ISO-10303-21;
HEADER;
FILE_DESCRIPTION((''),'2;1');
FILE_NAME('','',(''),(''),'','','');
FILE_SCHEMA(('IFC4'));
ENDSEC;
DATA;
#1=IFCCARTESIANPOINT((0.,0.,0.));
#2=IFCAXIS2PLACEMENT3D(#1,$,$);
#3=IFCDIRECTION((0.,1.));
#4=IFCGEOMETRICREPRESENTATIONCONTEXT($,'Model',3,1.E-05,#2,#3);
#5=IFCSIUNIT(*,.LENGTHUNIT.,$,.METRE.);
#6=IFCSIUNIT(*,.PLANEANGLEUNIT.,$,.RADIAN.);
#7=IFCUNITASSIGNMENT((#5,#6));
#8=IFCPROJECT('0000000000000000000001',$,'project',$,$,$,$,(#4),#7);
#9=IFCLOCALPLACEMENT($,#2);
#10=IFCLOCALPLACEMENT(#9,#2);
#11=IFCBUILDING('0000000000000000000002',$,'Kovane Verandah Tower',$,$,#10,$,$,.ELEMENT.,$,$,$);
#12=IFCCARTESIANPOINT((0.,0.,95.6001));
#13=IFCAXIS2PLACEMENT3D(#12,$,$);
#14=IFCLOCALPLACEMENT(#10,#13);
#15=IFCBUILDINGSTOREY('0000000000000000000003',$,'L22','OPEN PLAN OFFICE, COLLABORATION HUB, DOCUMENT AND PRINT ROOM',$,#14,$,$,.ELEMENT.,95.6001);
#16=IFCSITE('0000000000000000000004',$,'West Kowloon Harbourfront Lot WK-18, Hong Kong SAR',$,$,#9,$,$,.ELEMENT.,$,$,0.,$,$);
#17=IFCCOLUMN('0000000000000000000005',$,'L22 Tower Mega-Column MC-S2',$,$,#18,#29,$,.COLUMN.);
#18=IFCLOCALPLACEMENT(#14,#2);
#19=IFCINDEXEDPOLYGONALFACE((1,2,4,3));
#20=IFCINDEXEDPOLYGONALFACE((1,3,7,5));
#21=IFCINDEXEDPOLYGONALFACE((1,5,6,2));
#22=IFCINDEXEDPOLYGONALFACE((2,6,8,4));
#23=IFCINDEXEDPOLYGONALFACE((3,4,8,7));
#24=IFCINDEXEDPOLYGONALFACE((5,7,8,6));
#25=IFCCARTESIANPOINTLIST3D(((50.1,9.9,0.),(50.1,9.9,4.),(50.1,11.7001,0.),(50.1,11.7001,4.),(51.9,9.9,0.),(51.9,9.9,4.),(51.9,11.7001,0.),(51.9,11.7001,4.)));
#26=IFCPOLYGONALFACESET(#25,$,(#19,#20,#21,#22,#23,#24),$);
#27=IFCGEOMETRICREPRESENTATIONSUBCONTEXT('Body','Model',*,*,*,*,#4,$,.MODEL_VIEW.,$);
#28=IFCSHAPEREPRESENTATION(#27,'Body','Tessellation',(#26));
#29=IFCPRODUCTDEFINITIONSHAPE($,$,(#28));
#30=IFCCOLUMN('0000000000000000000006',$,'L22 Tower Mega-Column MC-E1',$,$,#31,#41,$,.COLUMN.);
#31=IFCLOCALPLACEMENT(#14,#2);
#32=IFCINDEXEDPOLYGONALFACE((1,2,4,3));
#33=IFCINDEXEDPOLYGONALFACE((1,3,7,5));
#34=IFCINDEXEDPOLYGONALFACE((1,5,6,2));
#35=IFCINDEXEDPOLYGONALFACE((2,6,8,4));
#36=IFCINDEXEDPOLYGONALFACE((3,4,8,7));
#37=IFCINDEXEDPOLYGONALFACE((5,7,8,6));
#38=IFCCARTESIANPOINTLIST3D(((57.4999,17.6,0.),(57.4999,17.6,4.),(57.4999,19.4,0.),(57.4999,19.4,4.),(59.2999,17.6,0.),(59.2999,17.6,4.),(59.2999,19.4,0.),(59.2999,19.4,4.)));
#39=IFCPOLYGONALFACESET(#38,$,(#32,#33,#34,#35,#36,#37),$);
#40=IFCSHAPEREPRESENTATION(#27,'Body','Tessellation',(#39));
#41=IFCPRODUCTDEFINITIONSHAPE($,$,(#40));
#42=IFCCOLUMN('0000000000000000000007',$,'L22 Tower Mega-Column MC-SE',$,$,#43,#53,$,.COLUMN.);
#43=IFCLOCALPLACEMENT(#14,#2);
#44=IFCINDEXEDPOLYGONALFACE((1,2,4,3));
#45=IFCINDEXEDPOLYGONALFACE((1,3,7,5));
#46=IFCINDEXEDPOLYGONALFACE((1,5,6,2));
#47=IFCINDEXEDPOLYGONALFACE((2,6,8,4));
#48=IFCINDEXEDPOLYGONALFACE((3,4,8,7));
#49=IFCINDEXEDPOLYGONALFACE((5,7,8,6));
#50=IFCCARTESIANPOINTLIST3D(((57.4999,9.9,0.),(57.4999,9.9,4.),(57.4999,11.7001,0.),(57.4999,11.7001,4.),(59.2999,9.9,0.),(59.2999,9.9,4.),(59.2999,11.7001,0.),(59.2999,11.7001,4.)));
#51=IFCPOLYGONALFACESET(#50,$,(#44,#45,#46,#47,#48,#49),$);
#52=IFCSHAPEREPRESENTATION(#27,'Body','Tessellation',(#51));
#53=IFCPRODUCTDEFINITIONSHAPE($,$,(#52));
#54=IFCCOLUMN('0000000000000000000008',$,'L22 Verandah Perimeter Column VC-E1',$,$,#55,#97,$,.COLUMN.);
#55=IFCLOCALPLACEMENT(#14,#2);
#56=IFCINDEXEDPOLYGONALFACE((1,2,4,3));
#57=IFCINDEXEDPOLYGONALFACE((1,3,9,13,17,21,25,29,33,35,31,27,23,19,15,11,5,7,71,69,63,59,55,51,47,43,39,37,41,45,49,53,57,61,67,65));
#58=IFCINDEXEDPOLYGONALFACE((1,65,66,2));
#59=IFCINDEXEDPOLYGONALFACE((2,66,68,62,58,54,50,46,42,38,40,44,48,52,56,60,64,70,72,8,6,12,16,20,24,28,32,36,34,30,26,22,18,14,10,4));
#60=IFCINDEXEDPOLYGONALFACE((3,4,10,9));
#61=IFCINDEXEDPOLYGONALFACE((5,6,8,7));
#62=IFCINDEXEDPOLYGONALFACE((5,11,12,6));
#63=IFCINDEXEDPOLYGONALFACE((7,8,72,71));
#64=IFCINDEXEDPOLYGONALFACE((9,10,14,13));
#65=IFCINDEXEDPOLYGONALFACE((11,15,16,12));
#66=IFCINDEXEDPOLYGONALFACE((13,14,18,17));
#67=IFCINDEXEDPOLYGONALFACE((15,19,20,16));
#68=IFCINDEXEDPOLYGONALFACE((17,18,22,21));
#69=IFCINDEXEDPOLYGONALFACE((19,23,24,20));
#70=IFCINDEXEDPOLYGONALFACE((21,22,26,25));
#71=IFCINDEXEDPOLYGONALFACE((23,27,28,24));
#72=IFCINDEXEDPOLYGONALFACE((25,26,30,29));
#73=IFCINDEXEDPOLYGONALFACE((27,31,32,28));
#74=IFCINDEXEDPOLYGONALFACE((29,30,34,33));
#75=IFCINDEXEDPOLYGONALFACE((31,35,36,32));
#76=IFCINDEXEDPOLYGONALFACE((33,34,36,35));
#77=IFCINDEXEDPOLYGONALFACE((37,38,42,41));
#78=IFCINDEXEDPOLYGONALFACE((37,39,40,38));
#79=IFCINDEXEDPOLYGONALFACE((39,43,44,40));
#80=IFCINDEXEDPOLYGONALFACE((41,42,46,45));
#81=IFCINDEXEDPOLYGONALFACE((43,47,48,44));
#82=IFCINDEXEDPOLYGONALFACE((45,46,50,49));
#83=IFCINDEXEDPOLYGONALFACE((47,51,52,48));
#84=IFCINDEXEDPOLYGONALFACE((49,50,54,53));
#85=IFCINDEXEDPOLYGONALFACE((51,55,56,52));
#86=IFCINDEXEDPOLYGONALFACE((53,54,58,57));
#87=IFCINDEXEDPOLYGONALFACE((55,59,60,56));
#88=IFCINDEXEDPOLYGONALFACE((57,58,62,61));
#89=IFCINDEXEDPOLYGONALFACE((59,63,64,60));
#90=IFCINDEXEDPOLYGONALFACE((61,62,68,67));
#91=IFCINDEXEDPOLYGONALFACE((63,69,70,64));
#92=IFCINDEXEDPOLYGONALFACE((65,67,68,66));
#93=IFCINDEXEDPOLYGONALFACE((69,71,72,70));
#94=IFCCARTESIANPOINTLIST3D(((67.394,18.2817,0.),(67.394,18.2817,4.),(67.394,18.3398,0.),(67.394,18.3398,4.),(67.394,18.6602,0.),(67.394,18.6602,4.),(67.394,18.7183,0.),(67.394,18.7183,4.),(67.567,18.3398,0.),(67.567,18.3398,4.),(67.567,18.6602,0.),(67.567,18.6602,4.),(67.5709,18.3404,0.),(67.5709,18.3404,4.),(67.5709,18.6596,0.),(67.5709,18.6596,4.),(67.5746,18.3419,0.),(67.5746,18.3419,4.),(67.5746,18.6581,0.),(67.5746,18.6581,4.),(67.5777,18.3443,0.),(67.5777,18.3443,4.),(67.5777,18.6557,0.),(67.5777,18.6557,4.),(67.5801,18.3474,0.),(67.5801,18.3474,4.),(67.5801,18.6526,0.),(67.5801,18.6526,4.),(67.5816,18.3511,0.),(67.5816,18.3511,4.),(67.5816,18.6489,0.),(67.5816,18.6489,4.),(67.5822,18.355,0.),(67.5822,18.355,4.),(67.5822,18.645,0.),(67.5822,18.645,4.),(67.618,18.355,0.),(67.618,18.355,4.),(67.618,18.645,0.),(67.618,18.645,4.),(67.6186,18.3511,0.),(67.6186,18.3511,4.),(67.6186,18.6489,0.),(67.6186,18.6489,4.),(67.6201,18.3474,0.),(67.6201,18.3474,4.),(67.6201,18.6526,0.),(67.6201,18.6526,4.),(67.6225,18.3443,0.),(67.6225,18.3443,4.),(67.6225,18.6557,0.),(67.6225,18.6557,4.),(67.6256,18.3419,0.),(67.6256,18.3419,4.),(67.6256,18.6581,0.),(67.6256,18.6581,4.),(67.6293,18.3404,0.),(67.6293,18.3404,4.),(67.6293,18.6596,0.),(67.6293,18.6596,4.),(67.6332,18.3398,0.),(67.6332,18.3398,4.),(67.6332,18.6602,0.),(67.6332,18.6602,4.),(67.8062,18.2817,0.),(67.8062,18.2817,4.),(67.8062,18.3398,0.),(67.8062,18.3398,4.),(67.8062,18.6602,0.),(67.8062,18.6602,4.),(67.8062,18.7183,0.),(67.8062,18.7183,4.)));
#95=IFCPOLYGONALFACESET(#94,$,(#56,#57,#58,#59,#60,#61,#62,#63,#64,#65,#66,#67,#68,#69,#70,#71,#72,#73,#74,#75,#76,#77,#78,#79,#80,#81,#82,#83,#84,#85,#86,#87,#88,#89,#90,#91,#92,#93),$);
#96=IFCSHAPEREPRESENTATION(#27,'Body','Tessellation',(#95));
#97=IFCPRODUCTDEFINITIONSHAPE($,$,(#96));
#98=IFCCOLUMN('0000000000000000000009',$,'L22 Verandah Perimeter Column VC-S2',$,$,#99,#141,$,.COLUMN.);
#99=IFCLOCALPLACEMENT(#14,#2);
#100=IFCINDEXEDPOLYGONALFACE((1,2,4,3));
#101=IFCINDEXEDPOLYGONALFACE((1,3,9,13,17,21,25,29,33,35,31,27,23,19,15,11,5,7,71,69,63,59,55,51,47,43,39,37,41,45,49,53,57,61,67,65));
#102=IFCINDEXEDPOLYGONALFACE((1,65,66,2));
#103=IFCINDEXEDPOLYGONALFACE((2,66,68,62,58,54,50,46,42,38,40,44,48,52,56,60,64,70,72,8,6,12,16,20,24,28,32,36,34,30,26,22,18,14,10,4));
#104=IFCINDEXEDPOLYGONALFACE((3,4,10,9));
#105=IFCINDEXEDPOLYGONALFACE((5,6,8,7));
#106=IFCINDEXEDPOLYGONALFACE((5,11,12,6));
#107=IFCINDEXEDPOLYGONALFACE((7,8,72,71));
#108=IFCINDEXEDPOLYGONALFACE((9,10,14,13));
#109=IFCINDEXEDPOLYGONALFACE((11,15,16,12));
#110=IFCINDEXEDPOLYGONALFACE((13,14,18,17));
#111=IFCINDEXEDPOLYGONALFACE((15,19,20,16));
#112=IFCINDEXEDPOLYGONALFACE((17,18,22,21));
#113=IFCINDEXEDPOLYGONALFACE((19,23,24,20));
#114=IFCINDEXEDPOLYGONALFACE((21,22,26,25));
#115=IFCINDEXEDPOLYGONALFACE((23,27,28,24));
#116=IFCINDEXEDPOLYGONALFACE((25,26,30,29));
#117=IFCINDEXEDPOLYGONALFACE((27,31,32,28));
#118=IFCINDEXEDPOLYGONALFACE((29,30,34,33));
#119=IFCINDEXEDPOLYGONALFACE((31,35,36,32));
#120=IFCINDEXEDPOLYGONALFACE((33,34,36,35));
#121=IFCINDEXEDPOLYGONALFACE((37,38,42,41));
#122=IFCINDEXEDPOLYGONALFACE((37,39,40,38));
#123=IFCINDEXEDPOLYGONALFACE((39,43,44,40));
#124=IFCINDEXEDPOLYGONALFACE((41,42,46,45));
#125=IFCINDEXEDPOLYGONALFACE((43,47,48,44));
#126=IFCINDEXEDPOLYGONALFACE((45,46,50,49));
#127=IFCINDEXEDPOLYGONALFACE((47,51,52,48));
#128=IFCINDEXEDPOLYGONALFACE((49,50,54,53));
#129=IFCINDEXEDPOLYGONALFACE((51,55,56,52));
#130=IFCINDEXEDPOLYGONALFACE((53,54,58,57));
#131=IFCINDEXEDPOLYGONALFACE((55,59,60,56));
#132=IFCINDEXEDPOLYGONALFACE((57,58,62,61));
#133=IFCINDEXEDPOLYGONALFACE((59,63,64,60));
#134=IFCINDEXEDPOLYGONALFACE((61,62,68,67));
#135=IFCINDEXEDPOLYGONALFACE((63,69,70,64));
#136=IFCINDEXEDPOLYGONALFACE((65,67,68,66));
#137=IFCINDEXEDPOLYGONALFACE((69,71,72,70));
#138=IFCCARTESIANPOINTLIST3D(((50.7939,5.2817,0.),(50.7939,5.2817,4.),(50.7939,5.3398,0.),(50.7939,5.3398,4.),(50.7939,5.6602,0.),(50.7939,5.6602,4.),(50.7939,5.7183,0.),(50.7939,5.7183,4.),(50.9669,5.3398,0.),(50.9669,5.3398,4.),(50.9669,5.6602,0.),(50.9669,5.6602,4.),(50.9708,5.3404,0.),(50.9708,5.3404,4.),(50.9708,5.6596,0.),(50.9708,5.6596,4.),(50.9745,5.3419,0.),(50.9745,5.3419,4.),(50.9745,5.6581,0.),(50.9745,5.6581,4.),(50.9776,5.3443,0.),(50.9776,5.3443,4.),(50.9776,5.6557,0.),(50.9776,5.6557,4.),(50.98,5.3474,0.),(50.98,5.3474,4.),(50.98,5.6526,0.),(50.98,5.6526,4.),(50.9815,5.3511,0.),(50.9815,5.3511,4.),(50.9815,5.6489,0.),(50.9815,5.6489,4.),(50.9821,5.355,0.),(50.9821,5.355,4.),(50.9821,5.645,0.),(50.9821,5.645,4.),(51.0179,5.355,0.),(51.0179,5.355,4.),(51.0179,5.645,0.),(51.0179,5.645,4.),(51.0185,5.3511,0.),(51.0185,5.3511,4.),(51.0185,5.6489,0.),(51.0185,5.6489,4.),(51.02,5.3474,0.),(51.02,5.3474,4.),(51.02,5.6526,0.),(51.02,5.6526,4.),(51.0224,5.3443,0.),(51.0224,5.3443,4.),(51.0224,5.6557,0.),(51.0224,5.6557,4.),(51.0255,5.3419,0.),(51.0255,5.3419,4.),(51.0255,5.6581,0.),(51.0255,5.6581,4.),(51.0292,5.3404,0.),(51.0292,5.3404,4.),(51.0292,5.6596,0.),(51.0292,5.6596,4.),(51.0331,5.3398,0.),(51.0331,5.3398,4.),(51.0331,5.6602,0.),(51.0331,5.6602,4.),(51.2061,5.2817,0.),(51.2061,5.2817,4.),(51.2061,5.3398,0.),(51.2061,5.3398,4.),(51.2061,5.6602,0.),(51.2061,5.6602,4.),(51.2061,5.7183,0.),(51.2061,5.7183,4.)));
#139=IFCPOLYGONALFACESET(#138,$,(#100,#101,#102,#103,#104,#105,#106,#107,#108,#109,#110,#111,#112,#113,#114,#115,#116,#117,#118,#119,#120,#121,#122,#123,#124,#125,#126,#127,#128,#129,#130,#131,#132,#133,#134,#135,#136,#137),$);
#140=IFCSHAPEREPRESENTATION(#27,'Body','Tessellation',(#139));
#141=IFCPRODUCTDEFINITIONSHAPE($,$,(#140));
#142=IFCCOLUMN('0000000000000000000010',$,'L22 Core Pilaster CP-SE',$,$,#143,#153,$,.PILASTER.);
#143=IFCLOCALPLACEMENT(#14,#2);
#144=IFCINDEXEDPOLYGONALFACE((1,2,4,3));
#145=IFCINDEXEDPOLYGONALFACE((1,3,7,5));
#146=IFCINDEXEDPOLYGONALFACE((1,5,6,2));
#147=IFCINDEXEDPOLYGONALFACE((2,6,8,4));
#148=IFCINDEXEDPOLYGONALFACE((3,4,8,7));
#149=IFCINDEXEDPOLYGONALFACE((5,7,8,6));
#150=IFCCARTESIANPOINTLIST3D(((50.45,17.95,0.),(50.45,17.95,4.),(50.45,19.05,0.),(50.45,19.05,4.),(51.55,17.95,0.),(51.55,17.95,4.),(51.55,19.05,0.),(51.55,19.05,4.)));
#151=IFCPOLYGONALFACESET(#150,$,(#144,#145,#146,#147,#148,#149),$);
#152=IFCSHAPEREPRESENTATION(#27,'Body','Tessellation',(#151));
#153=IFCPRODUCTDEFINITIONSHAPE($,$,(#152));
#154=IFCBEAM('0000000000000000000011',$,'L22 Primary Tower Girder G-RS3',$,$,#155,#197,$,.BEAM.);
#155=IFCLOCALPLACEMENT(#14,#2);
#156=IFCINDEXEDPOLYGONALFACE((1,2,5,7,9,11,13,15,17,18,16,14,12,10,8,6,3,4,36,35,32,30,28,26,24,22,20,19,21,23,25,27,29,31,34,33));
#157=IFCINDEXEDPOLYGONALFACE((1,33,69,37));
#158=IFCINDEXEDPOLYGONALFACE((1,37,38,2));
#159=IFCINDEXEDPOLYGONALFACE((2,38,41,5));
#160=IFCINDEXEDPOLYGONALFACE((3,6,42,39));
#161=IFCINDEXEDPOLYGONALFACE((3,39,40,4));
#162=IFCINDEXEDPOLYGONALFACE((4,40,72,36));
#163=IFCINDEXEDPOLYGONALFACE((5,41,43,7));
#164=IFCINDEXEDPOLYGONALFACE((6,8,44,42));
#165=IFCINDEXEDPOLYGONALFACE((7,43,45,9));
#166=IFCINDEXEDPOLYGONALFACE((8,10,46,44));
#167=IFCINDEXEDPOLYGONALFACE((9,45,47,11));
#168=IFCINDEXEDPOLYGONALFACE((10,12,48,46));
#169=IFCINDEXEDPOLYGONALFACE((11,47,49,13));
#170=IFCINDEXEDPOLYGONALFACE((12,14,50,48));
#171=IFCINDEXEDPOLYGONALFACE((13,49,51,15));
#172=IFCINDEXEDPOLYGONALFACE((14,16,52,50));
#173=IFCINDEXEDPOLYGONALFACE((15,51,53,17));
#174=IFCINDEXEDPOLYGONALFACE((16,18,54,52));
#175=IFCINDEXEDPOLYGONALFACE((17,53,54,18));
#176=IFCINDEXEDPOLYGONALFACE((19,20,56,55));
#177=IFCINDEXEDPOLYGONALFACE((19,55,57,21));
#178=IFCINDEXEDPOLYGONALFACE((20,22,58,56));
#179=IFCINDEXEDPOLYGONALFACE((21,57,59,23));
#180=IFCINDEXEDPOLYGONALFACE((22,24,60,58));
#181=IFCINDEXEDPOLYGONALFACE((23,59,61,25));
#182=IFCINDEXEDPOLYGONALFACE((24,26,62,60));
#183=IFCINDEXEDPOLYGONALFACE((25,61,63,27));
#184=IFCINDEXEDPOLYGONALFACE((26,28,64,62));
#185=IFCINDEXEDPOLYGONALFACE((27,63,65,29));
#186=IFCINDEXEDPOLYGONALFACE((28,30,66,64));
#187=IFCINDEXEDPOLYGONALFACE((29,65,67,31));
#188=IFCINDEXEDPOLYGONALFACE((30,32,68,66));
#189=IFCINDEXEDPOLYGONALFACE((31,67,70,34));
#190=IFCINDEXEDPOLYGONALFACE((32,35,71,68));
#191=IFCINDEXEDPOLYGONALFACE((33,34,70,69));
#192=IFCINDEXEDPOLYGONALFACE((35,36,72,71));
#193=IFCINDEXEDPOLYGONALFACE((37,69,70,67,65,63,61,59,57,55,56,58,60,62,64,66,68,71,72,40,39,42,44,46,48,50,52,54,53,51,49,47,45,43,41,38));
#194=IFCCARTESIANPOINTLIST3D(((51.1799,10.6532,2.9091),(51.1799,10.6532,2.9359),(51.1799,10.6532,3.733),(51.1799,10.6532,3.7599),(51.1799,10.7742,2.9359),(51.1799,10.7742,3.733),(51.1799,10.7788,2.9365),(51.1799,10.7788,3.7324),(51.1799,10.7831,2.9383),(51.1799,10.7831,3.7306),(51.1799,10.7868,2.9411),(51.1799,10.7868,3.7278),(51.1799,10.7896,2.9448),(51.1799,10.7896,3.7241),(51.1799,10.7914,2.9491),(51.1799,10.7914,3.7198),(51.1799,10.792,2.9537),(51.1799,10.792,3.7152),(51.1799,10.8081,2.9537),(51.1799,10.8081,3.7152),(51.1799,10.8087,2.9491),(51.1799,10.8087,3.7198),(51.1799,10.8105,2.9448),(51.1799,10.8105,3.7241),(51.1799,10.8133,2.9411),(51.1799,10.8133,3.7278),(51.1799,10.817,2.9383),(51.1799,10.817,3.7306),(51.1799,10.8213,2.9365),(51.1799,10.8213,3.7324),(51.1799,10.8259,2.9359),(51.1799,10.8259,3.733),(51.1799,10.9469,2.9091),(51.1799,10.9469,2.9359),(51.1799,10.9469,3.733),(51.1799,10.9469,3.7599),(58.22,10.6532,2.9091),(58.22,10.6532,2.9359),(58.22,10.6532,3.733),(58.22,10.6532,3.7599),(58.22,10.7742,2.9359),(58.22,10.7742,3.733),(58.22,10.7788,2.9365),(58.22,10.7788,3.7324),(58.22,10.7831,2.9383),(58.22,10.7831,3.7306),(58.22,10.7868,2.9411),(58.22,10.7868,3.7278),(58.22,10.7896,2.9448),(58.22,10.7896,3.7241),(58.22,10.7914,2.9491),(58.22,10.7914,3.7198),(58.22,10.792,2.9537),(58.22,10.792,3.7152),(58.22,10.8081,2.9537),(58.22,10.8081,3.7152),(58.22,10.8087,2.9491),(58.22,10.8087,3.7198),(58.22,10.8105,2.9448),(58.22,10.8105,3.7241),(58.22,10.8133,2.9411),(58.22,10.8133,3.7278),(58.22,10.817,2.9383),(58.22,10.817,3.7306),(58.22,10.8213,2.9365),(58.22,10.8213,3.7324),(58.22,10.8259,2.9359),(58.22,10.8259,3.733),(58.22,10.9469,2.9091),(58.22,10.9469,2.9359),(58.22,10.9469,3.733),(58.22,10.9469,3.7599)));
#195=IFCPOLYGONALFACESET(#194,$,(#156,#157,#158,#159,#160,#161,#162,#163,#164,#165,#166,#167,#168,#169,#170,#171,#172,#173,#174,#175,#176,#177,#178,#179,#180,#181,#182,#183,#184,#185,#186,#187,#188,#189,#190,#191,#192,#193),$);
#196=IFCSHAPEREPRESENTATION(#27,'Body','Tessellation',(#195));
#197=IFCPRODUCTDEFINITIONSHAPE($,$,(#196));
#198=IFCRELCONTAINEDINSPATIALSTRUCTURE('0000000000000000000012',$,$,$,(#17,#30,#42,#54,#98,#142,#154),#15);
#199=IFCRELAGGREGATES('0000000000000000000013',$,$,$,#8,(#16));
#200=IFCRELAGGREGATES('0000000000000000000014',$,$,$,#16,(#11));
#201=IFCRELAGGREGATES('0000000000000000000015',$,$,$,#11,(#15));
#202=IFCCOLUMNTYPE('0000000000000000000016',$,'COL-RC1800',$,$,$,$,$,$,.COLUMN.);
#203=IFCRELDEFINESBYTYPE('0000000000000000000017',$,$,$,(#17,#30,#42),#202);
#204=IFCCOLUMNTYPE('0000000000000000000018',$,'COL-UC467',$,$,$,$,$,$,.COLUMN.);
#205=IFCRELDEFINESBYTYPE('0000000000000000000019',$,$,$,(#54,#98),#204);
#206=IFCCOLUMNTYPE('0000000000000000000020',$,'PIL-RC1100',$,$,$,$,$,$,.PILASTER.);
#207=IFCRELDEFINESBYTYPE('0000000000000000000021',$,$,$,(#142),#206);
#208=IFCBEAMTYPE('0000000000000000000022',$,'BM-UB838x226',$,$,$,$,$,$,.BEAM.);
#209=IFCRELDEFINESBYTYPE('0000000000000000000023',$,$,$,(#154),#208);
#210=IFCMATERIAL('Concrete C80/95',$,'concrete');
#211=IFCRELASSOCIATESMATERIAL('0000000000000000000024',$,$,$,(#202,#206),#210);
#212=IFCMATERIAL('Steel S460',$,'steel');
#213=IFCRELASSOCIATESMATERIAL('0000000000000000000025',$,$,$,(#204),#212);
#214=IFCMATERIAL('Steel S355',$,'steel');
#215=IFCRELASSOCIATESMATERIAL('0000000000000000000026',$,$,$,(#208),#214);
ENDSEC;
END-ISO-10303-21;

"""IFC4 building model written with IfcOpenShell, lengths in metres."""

from ifc_helpers import new_model, si_unit, direction, frame, origin, origin_2d, place, context, subcontext, project, spatial, rectangle, i_section, extrude, material, material_profile, profile_set, type_object, element, save


model = new_model("IFC4")

# Units and contexts
model_context = context("Model", 3, precision=1e-05, world=origin(), true_north=direction((0.0, 1.0)))
body_context = subcontext(model_context, "Body", "Model", "MODEL_VIEW")
ifc_project = project(units=[si_unit("LENGTHUNIT", "METRE"), si_unit("PLANEANGLEUNIT", "RADIAN")], contexts=[model_context])

# Site, building, storey
site_placement = place(None, origin())
site = spatial("IfcSite", under=ifc_project, at=site_placement, Name="West Kowloon Harbourfront Lot WK-18, Hong Kong SAR", CompositionType="ELEMENT", RefElevation=0.0)
building_placement = place(site_placement, origin())
building = spatial("IfcBuilding", under=site, at=building_placement, Name="Kovane Verandah Tower", CompositionType="ELEMENT")
storey_placement = place(building_placement, frame((0.0, 0.0, 95.6001)))
storey = spatial("IfcBuildingStorey", under=building, at=storey_placement, Name="L22", Description="OPEN PLAN OFFICE, COLLABORATION HUB, DOCUMENT AND PRINT ROOM", CompositionType="ELEMENT", Elevation=95.6001)

# Columns
ifc_material_1 = material(Name="Concrete C80/95", Category="concrete")
ifc_material_profile_1 = material_profile(ifc_material_1, rectangle(XDim=1.8, YDim=1.8, at=origin_2d()), Name="RC1800x1800")
ifc_profile_set_1 = profile_set([ifc_material_profile_1], Name="Concrete C80/95")
column_type_1 = type_object("IfcColumnType", Name="COL-RC1800", PredefinedType="COLUMN", material=ifc_profile_set_1)
for number, where, z_axis, x_axis, name in (
    (1, (51.0, 10.8, 0.0), (0.0, 0.0, 1.0), (1.0, 0.0, 0.0), "L22 Tower Mega-Column MC-S2"),
    (2, (58.3999, 18.5, 0.0), (0.0, 0.0, 1.0), (1.0, 0.0, 0.0), "L22 Tower Mega-Column MC-E1"),
    (3, (58.3999, 10.8, 0.0), (0.0, 0.0, 1.0), (1.0, 0.0, 0.0), "L22 Tower Mega-Column MC-SE"),
):
    element("IfcColumn", number, at=place(storey_placement, frame(where, z_axis=z_axis, x_axis=x_axis)), inside=storey, type_object=column_type_1, Name=name, PredefinedType="COLUMN", context=body_context, shape_type="SweptSolid", body=[
        extrude(rectangle(XDim=1.8, YDim=1.8, at=origin_2d()), origin(), (0.0, 0.0, 1.0), 4.0),
    ])
ifc_material_2 = material(Name="Steel S460", Category="steel")
ifc_material_profile_2 = material_profile(ifc_material_2, i_section(OverallWidth=0.4121, OverallDepth=0.4365, WebThickness=0.0359, FlangeThickness=0.0581, FilletRadius=0.0151, at=origin_2d()), Name="UC356x406x467")
ifc_profile_set_2 = profile_set([ifc_material_profile_2], Name="Steel S460")
column_type_2 = type_object("IfcColumnType", Name="COL-UC467", PredefinedType="COLUMN", material=ifc_profile_set_2)
for number, where, z_axis, x_axis, name in (
    (4, (67.6001, 18.5, 0.0), (0.0, 0.0, 1.0), (1.0, 0.0, 0.0), "L22 Verandah Perimeter Column VC-E1"),
    (5, (51.0, 5.5, 0.0), (0.0, 0.0, 1.0), (1.0, 0.0, 0.0), "L22 Verandah Perimeter Column VC-S2"),
):
    element("IfcColumn", number, at=place(storey_placement, frame(where, z_axis=z_axis, x_axis=x_axis)), inside=storey, type_object=column_type_2, Name=name, PredefinedType="COLUMN", context=body_context, shape_type="SweptSolid", body=[
        extrude(i_section(OverallWidth=0.4121, OverallDepth=0.4365, WebThickness=0.0359, FlangeThickness=0.0581, FilletRadius=0.0151, at=origin_2d()), origin(), (0.0, 0.0, 1.0), 4.0),
    ])
ifc_material_profile_3 = material_profile(ifc_material_1, rectangle(XDim=1.1001, YDim=1.1001, at=origin_2d()), Name="RC1100x1100")
ifc_profile_set_3 = profile_set([ifc_material_profile_3], Name="Concrete C80/95")
column_type_3 = type_object("IfcColumnType", Name="PIL-RC1100", PredefinedType="PILASTER", material=ifc_profile_set_3)
column_placement = place(storey_placement, frame((51.0, 18.5, 0.0), z_axis=(0.0, 0.0, 1.0), x_axis=(1.0, 0.0, 0.0)))
element("IfcColumn", 6, at=column_placement, inside=storey, type_object=column_type_3, Name="L22 Core Pilaster CP-SE", PredefinedType="PILASTER", context=body_context, shape_type="SweptSolid", body=[
    extrude(rectangle(XDim=1.1001, YDim=1.1001, at=origin_2d()), origin(), (0.0, 0.0, 1.0), 4.0),
])

# Beam
ifc_material_3 = material(Name="Steel S355", Category="steel")
ifc_material_profile_4 = material_profile(ifc_material_3, i_section(OverallWidth=0.2937, OverallDepth=0.8508, WebThickness=0.0161, FlangeThickness=0.0269, FilletRadius=0.0178, at=origin_2d()), Name="UB838x292x226")
ifc_profile_set_4 = profile_set([ifc_material_profile_4], Name="Steel S355")
beam_type_1 = type_object("IfcBeamType", Name="BM-UB838x226", PredefinedType="BEAM", material=ifc_profile_set_4)
beam_1_placement = place(storey_placement, frame((51.1799, 10.8, 3.3345), z_axis=(1.0, 0.0, 0.0), x_axis=(0.0, 1.0, 0.0)))
element("IfcBeam", 7, at=beam_1_placement, inside=storey, type_object=beam_type_1, Name="L22 Primary Tower Girder G-RS3", PredefinedType="BEAM", context=body_context, shape_type="SweptSolid", body=[
    extrude(i_section(OverallWidth=0.2937, OverallDepth=0.8508, WebThickness=0.0161, FlangeThickness=0.0269, FilletRadius=0.0178, at=origin_2d()), origin(), (0.0, 0.0, 1.0), 7.04),
])

save(model, "model.ifc")
